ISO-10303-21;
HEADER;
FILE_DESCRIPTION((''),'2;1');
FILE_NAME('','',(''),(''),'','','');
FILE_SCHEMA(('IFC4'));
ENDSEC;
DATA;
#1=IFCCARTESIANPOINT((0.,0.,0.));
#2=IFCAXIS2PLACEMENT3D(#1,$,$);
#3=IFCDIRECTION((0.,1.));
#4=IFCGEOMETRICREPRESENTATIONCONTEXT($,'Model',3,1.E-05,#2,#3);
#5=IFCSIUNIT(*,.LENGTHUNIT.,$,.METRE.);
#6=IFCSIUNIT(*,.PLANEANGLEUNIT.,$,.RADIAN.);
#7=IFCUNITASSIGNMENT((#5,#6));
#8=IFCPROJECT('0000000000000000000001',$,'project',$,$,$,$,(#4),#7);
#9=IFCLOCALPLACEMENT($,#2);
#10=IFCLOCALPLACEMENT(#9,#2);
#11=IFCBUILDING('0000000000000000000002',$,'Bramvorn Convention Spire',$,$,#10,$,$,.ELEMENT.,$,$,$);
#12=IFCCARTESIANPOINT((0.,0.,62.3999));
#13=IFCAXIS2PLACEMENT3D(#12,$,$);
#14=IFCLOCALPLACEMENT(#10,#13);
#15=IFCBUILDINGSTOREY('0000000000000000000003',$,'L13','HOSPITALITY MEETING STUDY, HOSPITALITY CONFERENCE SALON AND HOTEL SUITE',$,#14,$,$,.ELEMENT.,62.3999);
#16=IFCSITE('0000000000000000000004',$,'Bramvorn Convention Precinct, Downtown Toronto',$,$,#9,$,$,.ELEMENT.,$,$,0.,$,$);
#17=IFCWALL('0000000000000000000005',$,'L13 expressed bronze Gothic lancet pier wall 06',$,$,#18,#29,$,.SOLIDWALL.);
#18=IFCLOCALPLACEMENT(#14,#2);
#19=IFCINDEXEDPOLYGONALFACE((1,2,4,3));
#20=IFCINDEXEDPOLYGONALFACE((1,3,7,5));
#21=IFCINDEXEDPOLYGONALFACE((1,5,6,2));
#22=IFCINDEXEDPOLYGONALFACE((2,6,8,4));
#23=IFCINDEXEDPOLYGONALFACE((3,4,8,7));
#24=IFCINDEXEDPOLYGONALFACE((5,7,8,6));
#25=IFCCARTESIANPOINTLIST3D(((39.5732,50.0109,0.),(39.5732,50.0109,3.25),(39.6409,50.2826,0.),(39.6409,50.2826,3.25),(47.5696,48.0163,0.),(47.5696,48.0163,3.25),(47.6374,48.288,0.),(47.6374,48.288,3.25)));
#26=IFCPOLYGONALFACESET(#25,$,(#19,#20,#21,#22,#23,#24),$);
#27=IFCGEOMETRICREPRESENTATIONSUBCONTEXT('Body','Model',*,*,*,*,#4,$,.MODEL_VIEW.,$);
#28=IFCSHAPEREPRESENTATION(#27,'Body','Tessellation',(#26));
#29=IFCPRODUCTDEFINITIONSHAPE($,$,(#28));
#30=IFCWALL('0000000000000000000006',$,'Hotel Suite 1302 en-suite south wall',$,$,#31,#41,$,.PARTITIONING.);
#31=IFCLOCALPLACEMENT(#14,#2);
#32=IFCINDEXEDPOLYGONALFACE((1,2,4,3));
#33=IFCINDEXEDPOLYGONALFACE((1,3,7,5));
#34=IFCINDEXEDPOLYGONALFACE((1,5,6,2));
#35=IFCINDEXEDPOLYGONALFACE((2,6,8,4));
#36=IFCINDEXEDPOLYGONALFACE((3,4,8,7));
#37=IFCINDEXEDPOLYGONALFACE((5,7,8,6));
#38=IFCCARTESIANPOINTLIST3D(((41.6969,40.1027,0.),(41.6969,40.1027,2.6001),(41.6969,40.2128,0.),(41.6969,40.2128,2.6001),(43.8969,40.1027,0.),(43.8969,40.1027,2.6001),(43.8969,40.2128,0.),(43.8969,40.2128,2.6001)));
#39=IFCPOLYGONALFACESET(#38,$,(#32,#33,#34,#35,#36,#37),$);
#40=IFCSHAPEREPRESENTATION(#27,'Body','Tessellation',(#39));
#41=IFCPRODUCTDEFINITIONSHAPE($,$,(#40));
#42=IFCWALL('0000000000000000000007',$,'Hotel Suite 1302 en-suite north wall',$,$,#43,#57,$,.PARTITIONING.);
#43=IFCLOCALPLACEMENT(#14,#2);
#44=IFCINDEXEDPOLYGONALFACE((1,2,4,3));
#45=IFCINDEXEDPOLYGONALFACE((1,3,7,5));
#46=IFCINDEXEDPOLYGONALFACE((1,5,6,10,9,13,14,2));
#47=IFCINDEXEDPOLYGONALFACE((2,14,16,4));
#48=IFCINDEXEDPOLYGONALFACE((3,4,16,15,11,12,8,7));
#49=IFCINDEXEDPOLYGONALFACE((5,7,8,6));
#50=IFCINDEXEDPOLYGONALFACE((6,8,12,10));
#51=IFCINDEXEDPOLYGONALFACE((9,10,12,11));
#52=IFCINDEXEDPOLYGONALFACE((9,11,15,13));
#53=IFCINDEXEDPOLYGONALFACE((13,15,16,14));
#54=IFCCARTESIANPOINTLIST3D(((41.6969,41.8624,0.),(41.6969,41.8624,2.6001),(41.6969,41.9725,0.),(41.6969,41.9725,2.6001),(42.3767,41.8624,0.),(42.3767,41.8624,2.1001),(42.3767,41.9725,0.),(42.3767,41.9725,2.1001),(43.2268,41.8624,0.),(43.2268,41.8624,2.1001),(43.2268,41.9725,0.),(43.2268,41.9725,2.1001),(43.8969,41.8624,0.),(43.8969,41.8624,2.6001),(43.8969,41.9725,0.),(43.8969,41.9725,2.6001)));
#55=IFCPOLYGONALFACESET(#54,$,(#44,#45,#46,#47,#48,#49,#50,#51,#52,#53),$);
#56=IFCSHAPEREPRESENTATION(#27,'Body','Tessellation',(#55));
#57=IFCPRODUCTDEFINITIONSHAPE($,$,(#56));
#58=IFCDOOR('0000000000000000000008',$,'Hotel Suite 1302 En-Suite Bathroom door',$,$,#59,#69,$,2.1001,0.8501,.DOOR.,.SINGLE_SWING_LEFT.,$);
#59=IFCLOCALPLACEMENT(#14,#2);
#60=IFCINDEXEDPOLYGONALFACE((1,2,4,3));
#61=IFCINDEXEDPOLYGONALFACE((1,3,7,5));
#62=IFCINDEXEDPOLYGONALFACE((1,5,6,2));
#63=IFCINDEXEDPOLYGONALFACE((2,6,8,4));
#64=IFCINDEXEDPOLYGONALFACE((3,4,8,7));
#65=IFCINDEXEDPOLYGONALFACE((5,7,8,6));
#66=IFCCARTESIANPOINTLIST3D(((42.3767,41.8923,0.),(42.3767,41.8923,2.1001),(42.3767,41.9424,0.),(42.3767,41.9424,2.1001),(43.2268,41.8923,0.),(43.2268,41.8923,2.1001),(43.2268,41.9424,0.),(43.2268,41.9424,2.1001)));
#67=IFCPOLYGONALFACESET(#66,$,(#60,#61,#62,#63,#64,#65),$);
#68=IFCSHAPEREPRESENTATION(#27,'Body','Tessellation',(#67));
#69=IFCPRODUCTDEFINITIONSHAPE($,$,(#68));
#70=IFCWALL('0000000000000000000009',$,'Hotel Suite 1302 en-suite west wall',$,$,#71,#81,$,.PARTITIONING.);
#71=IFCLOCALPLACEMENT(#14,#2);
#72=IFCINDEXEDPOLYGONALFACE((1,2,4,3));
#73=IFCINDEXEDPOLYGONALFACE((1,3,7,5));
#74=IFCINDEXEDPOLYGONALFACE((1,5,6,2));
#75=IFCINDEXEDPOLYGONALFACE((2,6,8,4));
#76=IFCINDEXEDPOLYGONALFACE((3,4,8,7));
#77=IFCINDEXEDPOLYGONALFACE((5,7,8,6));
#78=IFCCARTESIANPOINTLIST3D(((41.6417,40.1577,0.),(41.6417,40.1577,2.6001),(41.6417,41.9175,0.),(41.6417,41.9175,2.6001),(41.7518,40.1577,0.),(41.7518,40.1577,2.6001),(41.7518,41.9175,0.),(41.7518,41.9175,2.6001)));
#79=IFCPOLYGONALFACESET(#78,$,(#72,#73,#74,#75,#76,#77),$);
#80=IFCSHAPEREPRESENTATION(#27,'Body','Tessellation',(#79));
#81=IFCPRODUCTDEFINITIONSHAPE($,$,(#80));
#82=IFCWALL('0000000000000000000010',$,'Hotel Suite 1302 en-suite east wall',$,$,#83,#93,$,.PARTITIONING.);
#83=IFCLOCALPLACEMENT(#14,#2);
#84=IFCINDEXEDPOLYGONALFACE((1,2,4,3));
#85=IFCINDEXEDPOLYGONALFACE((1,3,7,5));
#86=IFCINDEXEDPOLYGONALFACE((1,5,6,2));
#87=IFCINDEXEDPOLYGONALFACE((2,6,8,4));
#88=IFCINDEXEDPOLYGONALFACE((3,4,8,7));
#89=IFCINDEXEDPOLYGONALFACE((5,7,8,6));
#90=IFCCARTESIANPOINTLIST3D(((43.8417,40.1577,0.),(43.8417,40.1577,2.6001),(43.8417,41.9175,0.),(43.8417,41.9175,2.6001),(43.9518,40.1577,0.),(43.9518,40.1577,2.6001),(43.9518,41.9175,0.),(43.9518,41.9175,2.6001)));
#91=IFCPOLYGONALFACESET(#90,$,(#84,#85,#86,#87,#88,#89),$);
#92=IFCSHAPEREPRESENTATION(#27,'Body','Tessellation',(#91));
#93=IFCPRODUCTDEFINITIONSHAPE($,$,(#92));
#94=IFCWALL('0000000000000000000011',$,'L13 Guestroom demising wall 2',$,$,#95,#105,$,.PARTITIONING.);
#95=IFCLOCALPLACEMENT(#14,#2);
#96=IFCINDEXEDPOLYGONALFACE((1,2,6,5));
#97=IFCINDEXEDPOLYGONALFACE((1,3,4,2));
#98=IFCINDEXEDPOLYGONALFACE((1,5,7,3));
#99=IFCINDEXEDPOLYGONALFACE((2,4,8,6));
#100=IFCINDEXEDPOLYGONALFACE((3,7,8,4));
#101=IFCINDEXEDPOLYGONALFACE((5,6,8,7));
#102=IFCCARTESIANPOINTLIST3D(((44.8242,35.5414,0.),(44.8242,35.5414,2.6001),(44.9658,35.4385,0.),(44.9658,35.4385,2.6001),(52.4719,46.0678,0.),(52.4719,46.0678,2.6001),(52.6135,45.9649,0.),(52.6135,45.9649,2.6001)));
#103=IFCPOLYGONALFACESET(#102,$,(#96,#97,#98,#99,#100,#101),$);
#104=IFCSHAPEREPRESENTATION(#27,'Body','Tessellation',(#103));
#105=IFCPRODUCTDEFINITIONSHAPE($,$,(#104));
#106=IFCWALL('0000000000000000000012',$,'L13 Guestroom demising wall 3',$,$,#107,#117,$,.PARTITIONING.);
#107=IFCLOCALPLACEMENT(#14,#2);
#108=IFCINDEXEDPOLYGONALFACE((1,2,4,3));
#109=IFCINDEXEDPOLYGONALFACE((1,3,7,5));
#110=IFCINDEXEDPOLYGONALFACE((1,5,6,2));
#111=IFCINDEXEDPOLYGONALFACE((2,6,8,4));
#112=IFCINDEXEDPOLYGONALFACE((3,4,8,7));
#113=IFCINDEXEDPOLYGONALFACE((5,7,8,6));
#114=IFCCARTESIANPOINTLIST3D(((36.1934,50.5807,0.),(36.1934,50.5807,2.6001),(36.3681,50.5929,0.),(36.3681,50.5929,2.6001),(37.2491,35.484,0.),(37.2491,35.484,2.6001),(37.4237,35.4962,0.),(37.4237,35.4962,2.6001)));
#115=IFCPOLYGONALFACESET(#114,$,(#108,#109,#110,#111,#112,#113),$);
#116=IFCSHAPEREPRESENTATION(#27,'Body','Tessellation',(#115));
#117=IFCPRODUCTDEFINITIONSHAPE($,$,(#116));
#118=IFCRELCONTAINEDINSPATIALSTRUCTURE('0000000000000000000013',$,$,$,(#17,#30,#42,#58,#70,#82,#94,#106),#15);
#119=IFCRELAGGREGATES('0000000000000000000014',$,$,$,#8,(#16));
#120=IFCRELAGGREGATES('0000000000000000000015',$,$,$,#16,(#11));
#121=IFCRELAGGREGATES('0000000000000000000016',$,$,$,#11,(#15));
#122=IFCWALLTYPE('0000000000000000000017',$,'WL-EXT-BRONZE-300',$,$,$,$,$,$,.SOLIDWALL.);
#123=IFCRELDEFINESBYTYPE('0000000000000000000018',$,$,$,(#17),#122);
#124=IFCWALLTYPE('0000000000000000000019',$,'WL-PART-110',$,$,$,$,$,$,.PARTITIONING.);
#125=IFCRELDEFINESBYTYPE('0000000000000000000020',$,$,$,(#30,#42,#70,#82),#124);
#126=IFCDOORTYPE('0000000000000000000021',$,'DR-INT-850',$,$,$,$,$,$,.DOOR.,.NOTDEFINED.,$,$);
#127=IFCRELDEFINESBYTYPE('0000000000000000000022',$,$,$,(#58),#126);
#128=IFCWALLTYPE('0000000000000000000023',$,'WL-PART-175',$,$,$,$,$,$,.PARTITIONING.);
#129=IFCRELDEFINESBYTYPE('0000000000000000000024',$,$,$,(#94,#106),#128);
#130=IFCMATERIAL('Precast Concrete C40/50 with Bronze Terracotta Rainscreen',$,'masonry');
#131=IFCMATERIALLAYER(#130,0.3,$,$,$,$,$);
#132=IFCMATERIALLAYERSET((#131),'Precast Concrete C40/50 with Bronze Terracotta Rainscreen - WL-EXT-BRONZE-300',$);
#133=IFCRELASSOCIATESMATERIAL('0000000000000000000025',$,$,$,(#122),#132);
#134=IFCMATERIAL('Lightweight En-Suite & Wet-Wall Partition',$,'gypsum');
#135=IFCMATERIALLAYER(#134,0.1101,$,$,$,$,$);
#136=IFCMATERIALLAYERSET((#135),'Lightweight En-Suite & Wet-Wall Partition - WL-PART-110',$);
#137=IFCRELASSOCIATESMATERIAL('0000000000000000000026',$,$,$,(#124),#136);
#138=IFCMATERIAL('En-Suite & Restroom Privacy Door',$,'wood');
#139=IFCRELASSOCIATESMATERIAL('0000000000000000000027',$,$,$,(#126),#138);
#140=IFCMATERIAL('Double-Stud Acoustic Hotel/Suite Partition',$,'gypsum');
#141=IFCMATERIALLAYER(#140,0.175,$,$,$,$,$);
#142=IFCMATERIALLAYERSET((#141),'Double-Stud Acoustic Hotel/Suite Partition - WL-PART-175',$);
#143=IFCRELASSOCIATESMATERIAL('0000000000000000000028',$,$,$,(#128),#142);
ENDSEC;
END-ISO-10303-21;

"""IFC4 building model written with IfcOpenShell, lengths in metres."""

from ifc_helpers import new_model, si_unit, direction, frame, frame_2d, origin, place, context, subcontext, project, spatial, rectangle, extrude, material, layer, layer_set, type_object, element, fill, save


model = new_model("IFC4")

# Units and contexts
model_context = context("Model", 3, precision=1e-05, world=origin(), true_north=direction((0.0, 1.0)))
body_context = subcontext(model_context, "Body", "Model", "MODEL_VIEW")
ifc_project = project(units=[si_unit("LENGTHUNIT", "METRE"), si_unit("PLANEANGLEUNIT", "RADIAN")], contexts=[model_context])

# Site, building, storey
site_placement = place(None, origin())
site = spatial("IfcSite", under=ifc_project, at=site_placement, Name="Bramvorn Convention Precinct, Downtown Toronto", CompositionType="ELEMENT", RefElevation=0.0)
building_placement = place(site_placement, origin())
building = spatial("IfcBuilding", under=site, at=building_placement, Name="Bramvorn Convention Spire", CompositionType="ELEMENT")
storey_placement = place(building_placement, frame((0.0, 0.0, 62.3999)))
storey = spatial("IfcBuildingStorey", under=building, at=storey_placement, Name="L13", Description="HOSPITALITY MEETING STUDY, HOSPITALITY CONFERENCE SALON AND HOTEL SUITE", CompositionType="ELEMENT", Elevation=62.3999)

# Walls
ifc_material_1 = material(Name="Precast Concrete C40/50 with Bronze Terracotta Rainscreen", Category="masonry")
ifc_layer_1 = layer(ifc_material_1, 0.3)
ifc_layer_set_1 = layer_set([ifc_layer_1], Name="Precast Concrete C40/50 with Bronze Terracotta Rainscreen - WL-EXT-BRONZE-300")
wall_type_1 = type_object("IfcWallType", Name="WL-EXT-BRONZE-300", PredefinedType="SOLIDWALL", material=ifc_layer_set_1)
wall_1_placement = place(storey_placement, frame((39.6072, 50.1467, 0.0), z_axis=(0.0, 0.0, 1.0), x_axis=(0.97027, -0.242027, 0.0)))
element("IfcWall", 1, at=wall_1_placement, inside=storey, type_object=wall_type_1, Name="L13 expressed bronze Gothic lancet pier wall 06", PredefinedType="SOLIDWALL", context=body_context, shape_type="SweptSolid", body=[
    extrude(rectangle(XDim=8.2415, YDim=0.28, at=frame_2d((4.1206, 0.0))), origin(), (0.0, 0.0, 1.0), 3.25),
])
ifc_material_2 = material(Name="Lightweight En-Suite & Wet-Wall Partition", Category="gypsum")
ifc_layer_2 = layer(ifc_material_2, 0.1101)
ifc_layer_set_2 = layer_set([ifc_layer_2], Name="Lightweight En-Suite & Wet-Wall Partition - WL-PART-110")
wall_type_2 = type_object("IfcWallType", Name="WL-PART-110", PredefinedType="PARTITIONING", material=ifc_layer_set_2)
wall_2_placement = place(storey_placement, frame((41.6968, 40.1577, 0.0), z_axis=(0.0, 0.0, 1.0), x_axis=(1.0, 0.0, 0.0)))
element("IfcWall", 2, at=wall_2_placement, inside=storey, type_object=wall_type_2, Name="Hotel Suite 1302 en-suite south wall", PredefinedType="PARTITIONING", context=body_context, shape_type="SweptSolid", body=[
    extrude(rectangle(XDim=2.2, YDim=0.1101, at=frame_2d((1.1001, 0.0))), origin(), (0.0, 0.0, 1.0), 2.6001),
])

# Wall, opening, door
wall_3_placement = place(storey_placement, frame((41.6968, 41.9175, 0.0), z_axis=(0.0, 0.0, 1.0), x_axis=(1.0, 0.0, 0.0)))
wall_3 = element("IfcWall", 3, at=wall_3_placement, inside=storey, type_object=wall_type_2, Name="Hotel Suite 1302 en-suite north wall", PredefinedType="PARTITIONING", context=body_context, shape_type="SweptSolid", body=[
    extrude(rectangle(XDim=2.2, YDim=0.1101, at=frame_2d((1.1001, 0.0))), origin(), (0.0, 0.0, 1.0), 2.6001),
])
opening_1_placement = place(wall_3_placement, frame((0.6799, 0.0, 0.0)))
opening_1 = element("IfcOpeningElement", 4, at=opening_1_placement, cuts=wall_3, PredefinedType="OPENING", context=body_context, shape_type="SweptSolid", body=[
    extrude(rectangle(XDim=0.8501, YDim=2.1001, at=frame_2d((0.425, 1.05))), frame((0.0, 0.0649, 0.0), z_axis=(0.0, -1.0, 0.0), x_axis=(1.0, 0.0, 0.0)), (0.0, 0.0, 1.0), 0.1301),
])
ifc_material_3 = material(Name="En-Suite & Restroom Privacy Door", Category="wood")
door_type_1 = type_object("IfcDoorType", Name="DR-INT-850", OperationType="NOTDEFINED", PredefinedType="DOOR", material=ifc_material_3)
door_1_placement = place(opening_1_placement, origin())
door_1 = element("IfcDoor", 5, at=door_1_placement, inside=storey, type_object=door_type_1, Name="Hotel Suite 1302 En-Suite Bathroom door", OperationType="SINGLE_SWING_LEFT", OverallHeight=2.1001, OverallWidth=0.8501, PredefinedType="DOOR", context=body_context, shape_type="SweptSolid", body=[
    extrude(rectangle(XDim=0.8501, YDim=2.1001, at=frame_2d((0.425, 1.05))), frame((0.0, 0.0249, 0.0), z_axis=(0.0, -1.0, 0.0), x_axis=(1.0, 0.0, 0.0)), (0.0, 0.0, 1.0), 0.05),
])
fill(opening_1, door_1)

# Walls
for number, where, z_axis, x_axis, name in (
    (6, (41.6968, 40.1577, 0.0), (0.0, 0.0, 1.0), (0.0, 1.0, 0.0), "Hotel Suite 1302 en-suite west wall"),
    (7, (43.8967, 40.1577, 0.0), (0.0, 0.0, 1.0), (0.0, 1.0, 0.0), "Hotel Suite 1302 en-suite east wall"),
):
    element("IfcWall", number, at=place(storey_placement, frame(where, z_axis=z_axis, x_axis=x_axis)), inside=storey, type_object=wall_type_2, Name=name, PredefinedType="PARTITIONING", context=body_context, shape_type="SweptSolid", body=[
        extrude(rectangle(XDim=1.7598, YDim=0.1101, at=frame_2d((0.8799, 0.0))), origin(), (0.0, 0.0, 1.0), 2.6001),
    ])
ifc_material_4 = material(Name="Double-Stud Acoustic Hotel/Suite Partition", Category="gypsum")
ifc_layer_3 = layer(ifc_material_4, 0.175)
ifc_layer_set_3 = layer_set([ifc_layer_3], Name="Double-Stud Acoustic Hotel/Suite Partition - WL-PART-175")
wall_type_3 = type_object("IfcWallType", Name="WL-PART-175", PredefinedType="PARTITIONING", material=ifc_layer_set_3)
wall_4_placement = place(storey_placement, frame((44.895, 35.49, 0.0), z_axis=(0.0, 0.0, 1.0), x_axis=(0.587778, 0.809022, 0.0)))
element("IfcWall", 8, at=wall_4_placement, inside=storey, type_object=wall_type_3, Name="L13 Guestroom demising wall 2", PredefinedType="PARTITIONING", context=body_context, shape_type="SweptSolid", body=[
    extrude(rectangle(XDim=13.0112, YDim=0.175, at=frame_2d((6.5056, 0.0))), origin(), (0.0, 0.0, 1.0), 2.6001),
])
wall_5_placement = place(storey_placement, frame((37.3364, 35.49, 0.0), z_axis=(0.0, 0.0, 1.0), x_axis=(-0.069757, 0.997564, 0.0)))
element("IfcWall", 9, at=wall_5_placement, inside=storey, type_object=wall_type_3, Name="L13 Guestroom demising wall 3", PredefinedType="PARTITIONING", context=body_context, shape_type="SweptSolid", body=[
    extrude(rectangle(XDim=15.1335, YDim=0.175, at=frame_2d((7.5669, 0.0))), origin(), (0.0, 0.0, 1.0), 2.6001),
])

save(model, "model.ifc")
